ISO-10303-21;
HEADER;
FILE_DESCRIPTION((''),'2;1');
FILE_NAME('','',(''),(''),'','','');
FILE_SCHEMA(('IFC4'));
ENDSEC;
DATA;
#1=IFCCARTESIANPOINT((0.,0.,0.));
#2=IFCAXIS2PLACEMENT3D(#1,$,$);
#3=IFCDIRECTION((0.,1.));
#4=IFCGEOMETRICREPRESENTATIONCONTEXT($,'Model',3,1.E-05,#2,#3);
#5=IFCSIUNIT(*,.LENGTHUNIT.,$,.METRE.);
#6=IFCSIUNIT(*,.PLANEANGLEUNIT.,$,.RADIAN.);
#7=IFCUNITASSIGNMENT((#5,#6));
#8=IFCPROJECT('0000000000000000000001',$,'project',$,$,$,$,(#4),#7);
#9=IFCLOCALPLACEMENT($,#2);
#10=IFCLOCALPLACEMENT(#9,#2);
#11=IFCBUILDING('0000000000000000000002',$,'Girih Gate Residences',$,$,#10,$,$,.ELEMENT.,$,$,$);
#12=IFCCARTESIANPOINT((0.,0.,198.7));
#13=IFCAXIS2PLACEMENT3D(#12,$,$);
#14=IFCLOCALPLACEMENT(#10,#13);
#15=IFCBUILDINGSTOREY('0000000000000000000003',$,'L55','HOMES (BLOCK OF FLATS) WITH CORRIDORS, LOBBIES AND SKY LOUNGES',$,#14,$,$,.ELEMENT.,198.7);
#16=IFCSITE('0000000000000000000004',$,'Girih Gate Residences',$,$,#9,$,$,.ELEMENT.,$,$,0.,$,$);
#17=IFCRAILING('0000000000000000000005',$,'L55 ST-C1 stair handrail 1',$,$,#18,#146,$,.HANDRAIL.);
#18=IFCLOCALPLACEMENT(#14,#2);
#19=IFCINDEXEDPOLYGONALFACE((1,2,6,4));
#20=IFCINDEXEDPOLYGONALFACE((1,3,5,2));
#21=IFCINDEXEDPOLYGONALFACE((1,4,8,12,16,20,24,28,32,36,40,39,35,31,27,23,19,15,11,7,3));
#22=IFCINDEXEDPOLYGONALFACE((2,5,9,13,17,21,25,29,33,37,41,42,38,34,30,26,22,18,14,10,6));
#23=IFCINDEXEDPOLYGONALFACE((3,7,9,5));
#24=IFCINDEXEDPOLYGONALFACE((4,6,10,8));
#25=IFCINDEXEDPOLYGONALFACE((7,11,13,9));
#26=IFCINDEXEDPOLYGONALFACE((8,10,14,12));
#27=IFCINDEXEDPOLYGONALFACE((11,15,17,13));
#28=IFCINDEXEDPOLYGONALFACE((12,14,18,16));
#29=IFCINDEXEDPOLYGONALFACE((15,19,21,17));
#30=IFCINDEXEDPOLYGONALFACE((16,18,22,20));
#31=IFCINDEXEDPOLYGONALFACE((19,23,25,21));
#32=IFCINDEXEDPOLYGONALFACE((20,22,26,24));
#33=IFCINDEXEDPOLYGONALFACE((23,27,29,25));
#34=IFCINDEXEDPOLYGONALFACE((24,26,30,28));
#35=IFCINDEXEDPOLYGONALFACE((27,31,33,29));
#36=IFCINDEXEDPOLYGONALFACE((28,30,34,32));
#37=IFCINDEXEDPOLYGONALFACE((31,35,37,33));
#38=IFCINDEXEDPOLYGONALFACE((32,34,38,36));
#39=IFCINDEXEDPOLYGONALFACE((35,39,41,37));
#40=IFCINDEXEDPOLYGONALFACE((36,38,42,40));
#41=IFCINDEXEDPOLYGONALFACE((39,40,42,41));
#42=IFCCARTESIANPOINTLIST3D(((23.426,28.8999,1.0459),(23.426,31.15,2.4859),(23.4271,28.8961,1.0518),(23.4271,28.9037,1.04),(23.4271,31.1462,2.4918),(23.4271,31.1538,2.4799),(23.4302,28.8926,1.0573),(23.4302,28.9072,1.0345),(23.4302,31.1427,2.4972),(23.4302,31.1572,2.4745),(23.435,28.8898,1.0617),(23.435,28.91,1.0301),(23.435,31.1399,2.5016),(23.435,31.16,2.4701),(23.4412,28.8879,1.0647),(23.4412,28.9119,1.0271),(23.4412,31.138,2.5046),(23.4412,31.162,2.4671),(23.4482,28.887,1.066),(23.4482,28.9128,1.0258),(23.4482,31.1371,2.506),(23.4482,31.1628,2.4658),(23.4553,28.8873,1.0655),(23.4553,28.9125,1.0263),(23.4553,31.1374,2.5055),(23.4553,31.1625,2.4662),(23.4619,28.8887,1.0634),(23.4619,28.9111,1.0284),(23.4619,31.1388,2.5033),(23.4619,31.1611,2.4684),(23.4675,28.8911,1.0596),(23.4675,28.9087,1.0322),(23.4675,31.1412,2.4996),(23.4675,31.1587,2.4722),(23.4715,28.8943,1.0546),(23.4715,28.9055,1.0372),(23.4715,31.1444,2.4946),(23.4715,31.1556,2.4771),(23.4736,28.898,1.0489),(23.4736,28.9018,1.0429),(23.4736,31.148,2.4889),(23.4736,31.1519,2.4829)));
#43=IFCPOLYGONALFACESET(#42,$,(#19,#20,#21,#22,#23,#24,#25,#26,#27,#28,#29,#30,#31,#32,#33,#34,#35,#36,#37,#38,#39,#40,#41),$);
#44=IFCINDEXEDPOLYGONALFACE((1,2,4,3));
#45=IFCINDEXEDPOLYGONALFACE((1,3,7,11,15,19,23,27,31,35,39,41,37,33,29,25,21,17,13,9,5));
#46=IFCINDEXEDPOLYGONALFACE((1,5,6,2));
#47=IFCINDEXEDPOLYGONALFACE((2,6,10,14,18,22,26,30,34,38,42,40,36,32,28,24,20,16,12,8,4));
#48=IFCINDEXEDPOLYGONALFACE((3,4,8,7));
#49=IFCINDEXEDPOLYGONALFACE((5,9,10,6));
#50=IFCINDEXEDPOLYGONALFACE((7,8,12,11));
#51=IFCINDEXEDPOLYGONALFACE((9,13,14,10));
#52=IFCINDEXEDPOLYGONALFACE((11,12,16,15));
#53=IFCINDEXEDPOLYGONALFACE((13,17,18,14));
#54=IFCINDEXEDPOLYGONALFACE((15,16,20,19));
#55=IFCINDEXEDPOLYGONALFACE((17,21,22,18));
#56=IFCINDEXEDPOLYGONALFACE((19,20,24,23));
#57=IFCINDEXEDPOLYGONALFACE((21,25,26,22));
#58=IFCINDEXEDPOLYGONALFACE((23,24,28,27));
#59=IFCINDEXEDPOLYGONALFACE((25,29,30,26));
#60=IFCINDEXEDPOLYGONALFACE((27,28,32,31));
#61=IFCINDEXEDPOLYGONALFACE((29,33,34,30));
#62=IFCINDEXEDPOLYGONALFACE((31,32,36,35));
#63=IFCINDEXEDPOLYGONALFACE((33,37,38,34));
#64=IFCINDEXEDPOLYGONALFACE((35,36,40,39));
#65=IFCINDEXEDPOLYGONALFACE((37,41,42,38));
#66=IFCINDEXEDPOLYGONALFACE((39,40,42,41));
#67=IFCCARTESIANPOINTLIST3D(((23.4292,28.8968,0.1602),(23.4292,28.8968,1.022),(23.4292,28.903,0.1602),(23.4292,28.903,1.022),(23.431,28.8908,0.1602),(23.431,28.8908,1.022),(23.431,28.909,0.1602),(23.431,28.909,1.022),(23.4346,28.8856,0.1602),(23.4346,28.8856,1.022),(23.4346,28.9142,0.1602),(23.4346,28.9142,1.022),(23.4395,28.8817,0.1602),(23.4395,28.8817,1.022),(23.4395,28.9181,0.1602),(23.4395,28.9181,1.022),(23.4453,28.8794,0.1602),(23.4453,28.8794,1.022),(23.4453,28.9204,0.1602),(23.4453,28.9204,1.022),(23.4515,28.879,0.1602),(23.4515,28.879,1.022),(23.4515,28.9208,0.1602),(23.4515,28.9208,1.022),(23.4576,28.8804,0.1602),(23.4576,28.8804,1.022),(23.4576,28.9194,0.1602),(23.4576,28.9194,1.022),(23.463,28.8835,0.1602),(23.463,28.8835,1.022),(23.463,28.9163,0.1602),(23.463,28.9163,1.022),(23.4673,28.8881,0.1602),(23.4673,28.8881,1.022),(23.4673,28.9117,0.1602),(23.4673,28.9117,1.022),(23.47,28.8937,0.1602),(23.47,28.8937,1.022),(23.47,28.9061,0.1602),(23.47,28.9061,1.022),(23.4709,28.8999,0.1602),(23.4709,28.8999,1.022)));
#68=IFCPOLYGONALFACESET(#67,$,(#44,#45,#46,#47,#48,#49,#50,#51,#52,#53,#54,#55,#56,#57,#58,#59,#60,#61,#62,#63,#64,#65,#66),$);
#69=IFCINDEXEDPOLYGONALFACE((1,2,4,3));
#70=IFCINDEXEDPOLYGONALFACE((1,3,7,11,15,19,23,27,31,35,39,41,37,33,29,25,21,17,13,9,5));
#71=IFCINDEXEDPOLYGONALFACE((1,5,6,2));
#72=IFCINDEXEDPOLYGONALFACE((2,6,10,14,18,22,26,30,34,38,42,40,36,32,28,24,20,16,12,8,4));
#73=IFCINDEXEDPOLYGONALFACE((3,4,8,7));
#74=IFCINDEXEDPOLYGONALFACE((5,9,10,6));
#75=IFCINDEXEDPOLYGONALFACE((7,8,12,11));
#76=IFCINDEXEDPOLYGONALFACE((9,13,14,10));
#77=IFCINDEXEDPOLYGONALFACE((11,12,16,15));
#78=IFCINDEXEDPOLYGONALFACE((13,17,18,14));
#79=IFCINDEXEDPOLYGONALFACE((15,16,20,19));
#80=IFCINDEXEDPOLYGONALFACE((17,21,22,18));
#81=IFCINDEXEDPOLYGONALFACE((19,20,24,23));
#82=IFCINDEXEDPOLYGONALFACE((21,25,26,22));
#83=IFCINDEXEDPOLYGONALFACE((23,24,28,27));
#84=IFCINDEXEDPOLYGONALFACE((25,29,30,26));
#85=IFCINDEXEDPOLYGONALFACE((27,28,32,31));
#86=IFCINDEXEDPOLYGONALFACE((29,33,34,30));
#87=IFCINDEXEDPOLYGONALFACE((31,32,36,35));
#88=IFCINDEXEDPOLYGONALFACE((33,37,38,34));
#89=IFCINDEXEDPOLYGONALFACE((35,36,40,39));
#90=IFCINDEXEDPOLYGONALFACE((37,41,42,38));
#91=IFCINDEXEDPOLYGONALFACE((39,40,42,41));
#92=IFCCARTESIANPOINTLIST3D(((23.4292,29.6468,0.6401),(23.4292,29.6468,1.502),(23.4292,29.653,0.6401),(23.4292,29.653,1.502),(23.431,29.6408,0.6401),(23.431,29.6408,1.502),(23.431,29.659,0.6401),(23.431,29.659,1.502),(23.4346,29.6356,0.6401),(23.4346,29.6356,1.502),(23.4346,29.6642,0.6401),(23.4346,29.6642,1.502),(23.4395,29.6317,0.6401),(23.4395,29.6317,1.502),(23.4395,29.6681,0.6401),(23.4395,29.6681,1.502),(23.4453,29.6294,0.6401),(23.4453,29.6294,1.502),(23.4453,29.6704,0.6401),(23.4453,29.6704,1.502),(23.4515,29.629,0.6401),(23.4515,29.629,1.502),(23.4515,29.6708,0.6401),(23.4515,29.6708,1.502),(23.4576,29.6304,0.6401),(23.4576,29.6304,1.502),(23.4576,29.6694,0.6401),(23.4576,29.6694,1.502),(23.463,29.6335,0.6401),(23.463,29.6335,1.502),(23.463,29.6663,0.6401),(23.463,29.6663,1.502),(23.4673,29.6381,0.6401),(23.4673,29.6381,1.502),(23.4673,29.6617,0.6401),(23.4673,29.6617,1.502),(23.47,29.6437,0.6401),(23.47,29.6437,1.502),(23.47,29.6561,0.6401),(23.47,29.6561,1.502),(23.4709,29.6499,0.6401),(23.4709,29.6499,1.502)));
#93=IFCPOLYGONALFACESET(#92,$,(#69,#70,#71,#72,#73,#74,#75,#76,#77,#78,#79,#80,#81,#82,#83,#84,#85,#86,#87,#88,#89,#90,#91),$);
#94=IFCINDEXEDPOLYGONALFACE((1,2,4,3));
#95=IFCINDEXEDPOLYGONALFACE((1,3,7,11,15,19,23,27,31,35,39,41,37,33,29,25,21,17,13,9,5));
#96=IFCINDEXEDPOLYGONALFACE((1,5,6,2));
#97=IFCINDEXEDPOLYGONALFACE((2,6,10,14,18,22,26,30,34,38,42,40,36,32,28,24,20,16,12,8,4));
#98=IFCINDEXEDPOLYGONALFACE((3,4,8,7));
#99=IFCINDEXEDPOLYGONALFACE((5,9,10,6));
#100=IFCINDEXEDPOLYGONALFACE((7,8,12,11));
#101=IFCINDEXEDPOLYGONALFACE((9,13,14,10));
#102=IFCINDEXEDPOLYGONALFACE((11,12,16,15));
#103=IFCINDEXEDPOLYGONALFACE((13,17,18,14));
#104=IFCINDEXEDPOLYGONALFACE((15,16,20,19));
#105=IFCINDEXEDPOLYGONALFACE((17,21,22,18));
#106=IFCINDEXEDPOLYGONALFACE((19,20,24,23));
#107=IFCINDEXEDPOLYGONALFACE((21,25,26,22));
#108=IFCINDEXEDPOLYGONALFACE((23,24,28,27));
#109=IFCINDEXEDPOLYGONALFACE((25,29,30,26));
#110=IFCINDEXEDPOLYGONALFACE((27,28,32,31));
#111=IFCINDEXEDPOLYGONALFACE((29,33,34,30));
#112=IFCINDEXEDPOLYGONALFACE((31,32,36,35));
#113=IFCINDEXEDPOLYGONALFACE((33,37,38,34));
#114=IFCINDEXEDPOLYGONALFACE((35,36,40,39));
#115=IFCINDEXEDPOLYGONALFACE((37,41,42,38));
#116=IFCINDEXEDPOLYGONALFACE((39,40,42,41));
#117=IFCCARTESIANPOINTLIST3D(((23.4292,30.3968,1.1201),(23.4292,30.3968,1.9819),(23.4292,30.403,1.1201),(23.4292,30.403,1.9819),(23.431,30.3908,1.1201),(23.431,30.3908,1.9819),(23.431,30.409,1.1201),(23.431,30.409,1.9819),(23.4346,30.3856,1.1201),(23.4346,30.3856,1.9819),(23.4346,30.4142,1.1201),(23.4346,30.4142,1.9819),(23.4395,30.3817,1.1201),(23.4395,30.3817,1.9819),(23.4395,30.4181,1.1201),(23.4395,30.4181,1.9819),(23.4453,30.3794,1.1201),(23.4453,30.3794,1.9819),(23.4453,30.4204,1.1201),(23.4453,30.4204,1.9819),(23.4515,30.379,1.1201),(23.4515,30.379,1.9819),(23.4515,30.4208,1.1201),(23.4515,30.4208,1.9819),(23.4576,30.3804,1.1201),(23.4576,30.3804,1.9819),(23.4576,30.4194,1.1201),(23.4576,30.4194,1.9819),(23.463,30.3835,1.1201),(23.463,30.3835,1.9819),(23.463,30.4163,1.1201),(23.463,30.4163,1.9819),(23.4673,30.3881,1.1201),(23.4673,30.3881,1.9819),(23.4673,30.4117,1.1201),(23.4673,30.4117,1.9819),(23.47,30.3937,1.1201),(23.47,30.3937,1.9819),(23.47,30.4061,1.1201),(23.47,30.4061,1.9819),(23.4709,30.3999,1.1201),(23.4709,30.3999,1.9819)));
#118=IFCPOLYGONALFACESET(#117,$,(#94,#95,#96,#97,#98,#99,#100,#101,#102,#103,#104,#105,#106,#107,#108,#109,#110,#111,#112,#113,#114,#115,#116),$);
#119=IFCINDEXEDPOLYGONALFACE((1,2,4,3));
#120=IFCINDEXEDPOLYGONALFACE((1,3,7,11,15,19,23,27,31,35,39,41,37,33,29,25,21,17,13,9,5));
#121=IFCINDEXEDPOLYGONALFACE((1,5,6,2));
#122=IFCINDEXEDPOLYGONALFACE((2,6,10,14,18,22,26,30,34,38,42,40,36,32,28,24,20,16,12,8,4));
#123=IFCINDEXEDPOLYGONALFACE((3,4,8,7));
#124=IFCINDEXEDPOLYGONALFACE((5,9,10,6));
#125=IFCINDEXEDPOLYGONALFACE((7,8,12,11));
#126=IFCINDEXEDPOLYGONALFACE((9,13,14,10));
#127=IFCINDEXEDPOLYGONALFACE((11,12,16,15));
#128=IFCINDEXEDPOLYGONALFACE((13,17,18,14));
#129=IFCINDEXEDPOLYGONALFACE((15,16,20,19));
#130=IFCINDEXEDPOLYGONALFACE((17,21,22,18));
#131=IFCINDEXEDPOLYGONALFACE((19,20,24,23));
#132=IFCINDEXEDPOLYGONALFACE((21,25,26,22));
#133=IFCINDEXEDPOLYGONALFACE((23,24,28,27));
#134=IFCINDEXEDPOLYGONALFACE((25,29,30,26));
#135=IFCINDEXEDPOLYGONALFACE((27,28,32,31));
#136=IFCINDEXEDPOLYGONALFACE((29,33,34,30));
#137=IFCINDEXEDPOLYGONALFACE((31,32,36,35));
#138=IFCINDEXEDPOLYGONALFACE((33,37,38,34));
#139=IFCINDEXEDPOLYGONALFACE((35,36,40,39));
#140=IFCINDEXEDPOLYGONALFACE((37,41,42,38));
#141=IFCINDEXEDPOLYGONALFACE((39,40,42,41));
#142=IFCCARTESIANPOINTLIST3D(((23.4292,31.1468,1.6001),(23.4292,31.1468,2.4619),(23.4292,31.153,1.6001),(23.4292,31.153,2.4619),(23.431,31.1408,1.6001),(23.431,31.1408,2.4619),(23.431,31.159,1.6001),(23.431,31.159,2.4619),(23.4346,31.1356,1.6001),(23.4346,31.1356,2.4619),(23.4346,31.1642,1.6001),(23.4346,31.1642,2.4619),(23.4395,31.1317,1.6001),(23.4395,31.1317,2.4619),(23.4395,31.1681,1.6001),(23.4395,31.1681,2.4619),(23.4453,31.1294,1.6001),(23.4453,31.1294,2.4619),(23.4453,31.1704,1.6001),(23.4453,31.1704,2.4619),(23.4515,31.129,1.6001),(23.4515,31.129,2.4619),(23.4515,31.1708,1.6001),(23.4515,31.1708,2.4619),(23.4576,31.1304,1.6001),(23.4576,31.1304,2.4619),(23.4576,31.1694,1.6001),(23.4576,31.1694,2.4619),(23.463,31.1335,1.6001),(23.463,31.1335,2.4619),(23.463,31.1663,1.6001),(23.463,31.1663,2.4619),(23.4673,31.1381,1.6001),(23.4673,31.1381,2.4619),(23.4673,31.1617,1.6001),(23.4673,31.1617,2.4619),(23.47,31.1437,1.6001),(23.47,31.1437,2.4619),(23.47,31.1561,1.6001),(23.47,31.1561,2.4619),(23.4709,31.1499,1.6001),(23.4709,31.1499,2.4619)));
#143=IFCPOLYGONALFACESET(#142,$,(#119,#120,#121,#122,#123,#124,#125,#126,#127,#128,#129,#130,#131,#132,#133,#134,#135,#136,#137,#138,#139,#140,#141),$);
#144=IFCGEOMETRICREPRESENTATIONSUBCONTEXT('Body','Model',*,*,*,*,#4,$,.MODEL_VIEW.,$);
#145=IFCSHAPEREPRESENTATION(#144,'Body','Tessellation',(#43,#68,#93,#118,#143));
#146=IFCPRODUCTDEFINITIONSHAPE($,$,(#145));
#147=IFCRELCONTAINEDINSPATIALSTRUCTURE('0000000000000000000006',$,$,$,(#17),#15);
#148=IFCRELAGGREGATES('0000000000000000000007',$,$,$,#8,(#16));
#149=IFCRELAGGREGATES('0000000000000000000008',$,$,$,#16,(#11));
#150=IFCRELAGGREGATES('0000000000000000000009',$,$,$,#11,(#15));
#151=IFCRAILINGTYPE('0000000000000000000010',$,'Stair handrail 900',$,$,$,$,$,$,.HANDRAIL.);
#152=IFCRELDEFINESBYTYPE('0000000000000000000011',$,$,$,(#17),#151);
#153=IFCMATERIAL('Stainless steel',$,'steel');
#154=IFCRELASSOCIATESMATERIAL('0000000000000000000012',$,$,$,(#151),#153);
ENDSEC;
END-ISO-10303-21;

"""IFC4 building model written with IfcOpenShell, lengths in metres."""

from ifc_helpers import new_model, si_unit, direction, frame, origin, origin_2d, place, context, subcontext, project, spatial, circle, extrude, material, type_object, element, save


model = new_model("IFC4")

# Units and contexts
model_context = context("Model", 3, precision=1e-05, world=origin(), true_north=direction((0.0, 1.0)))
body_context = subcontext(model_context, "Body", "Model", "MODEL_VIEW")
ifc_project = project(units=[si_unit("LENGTHUNIT", "METRE"), si_unit("PLANEANGLEUNIT", "RADIAN")], contexts=[model_context])

# Site, building, storey
site_placement = place(None, origin())
site = spatial("IfcSite", under=ifc_project, at=site_placement, Name="Girih Gate Residences", CompositionType="ELEMENT", RefElevation=0.0)
building_placement = place(site_placement, origin())
building = spatial("IfcBuilding", under=site, at=building_placement, Name="Girih Gate Residences", CompositionType="ELEMENT")
storey_placement = place(building_placement, frame((0.0, 0.0, 198.7)))
storey = spatial("IfcBuildingStorey", under=building, at=storey_placement, Name="L55", Description="HOMES (BLOCK OF FLATS) WITH CORRIDORS, LOBBIES AND SKY LOUNGES", CompositionType="ELEMENT", Elevation=198.7)

# Railing
ifc_material_1 = material(Name="Stainless steel", Category="steel")
railing_type_1 = type_object("IfcRailingType", Name="Stair handrail 900", PredefinedType="HANDRAIL", material=ifc_material_1)
for number, where, name in (
    (1, (23.45, 28.8999, 0.1602), "L55 ST-C1 stair handrail 1"),
):
    element("IfcRailing", number, at=place(storey_placement, frame(where)), inside=storey, type_object=railing_type_1, Name=name, PredefinedType="HANDRAIL", context=body_context, shape_type="SweptSolid", body=[
        extrude(circle(Radius=0.0239, at=origin_2d()), frame((0.0, 0.0, 0.8857), z_axis=(0.0, 0.842281, 0.539038), x_axis=(-1.0, 0.0, 0.0)), (0.0, 0.0, 1.0), 2.6714),
        extrude(circle(Radius=0.021, at=origin_2d()), origin(), (0.0, 0.0, 1.0), 0.8618),
        extrude(circle(Radius=0.021, at=origin_2d()), frame((0.0, 0.75, 0.48)), (0.0, 0.0, 1.0), 0.8618),
        extrude(circle(Radius=0.021, at=origin_2d()), frame((0.0, 1.5, 0.96)), (0.0, 0.0, 1.0), 0.8618),
        extrude(circle(Radius=0.021, at=origin_2d()), frame((0.0, 2.25, 1.4399)), (0.0, 0.0, 1.0), 0.8618),
    ])

save(model, "model.ifc")
